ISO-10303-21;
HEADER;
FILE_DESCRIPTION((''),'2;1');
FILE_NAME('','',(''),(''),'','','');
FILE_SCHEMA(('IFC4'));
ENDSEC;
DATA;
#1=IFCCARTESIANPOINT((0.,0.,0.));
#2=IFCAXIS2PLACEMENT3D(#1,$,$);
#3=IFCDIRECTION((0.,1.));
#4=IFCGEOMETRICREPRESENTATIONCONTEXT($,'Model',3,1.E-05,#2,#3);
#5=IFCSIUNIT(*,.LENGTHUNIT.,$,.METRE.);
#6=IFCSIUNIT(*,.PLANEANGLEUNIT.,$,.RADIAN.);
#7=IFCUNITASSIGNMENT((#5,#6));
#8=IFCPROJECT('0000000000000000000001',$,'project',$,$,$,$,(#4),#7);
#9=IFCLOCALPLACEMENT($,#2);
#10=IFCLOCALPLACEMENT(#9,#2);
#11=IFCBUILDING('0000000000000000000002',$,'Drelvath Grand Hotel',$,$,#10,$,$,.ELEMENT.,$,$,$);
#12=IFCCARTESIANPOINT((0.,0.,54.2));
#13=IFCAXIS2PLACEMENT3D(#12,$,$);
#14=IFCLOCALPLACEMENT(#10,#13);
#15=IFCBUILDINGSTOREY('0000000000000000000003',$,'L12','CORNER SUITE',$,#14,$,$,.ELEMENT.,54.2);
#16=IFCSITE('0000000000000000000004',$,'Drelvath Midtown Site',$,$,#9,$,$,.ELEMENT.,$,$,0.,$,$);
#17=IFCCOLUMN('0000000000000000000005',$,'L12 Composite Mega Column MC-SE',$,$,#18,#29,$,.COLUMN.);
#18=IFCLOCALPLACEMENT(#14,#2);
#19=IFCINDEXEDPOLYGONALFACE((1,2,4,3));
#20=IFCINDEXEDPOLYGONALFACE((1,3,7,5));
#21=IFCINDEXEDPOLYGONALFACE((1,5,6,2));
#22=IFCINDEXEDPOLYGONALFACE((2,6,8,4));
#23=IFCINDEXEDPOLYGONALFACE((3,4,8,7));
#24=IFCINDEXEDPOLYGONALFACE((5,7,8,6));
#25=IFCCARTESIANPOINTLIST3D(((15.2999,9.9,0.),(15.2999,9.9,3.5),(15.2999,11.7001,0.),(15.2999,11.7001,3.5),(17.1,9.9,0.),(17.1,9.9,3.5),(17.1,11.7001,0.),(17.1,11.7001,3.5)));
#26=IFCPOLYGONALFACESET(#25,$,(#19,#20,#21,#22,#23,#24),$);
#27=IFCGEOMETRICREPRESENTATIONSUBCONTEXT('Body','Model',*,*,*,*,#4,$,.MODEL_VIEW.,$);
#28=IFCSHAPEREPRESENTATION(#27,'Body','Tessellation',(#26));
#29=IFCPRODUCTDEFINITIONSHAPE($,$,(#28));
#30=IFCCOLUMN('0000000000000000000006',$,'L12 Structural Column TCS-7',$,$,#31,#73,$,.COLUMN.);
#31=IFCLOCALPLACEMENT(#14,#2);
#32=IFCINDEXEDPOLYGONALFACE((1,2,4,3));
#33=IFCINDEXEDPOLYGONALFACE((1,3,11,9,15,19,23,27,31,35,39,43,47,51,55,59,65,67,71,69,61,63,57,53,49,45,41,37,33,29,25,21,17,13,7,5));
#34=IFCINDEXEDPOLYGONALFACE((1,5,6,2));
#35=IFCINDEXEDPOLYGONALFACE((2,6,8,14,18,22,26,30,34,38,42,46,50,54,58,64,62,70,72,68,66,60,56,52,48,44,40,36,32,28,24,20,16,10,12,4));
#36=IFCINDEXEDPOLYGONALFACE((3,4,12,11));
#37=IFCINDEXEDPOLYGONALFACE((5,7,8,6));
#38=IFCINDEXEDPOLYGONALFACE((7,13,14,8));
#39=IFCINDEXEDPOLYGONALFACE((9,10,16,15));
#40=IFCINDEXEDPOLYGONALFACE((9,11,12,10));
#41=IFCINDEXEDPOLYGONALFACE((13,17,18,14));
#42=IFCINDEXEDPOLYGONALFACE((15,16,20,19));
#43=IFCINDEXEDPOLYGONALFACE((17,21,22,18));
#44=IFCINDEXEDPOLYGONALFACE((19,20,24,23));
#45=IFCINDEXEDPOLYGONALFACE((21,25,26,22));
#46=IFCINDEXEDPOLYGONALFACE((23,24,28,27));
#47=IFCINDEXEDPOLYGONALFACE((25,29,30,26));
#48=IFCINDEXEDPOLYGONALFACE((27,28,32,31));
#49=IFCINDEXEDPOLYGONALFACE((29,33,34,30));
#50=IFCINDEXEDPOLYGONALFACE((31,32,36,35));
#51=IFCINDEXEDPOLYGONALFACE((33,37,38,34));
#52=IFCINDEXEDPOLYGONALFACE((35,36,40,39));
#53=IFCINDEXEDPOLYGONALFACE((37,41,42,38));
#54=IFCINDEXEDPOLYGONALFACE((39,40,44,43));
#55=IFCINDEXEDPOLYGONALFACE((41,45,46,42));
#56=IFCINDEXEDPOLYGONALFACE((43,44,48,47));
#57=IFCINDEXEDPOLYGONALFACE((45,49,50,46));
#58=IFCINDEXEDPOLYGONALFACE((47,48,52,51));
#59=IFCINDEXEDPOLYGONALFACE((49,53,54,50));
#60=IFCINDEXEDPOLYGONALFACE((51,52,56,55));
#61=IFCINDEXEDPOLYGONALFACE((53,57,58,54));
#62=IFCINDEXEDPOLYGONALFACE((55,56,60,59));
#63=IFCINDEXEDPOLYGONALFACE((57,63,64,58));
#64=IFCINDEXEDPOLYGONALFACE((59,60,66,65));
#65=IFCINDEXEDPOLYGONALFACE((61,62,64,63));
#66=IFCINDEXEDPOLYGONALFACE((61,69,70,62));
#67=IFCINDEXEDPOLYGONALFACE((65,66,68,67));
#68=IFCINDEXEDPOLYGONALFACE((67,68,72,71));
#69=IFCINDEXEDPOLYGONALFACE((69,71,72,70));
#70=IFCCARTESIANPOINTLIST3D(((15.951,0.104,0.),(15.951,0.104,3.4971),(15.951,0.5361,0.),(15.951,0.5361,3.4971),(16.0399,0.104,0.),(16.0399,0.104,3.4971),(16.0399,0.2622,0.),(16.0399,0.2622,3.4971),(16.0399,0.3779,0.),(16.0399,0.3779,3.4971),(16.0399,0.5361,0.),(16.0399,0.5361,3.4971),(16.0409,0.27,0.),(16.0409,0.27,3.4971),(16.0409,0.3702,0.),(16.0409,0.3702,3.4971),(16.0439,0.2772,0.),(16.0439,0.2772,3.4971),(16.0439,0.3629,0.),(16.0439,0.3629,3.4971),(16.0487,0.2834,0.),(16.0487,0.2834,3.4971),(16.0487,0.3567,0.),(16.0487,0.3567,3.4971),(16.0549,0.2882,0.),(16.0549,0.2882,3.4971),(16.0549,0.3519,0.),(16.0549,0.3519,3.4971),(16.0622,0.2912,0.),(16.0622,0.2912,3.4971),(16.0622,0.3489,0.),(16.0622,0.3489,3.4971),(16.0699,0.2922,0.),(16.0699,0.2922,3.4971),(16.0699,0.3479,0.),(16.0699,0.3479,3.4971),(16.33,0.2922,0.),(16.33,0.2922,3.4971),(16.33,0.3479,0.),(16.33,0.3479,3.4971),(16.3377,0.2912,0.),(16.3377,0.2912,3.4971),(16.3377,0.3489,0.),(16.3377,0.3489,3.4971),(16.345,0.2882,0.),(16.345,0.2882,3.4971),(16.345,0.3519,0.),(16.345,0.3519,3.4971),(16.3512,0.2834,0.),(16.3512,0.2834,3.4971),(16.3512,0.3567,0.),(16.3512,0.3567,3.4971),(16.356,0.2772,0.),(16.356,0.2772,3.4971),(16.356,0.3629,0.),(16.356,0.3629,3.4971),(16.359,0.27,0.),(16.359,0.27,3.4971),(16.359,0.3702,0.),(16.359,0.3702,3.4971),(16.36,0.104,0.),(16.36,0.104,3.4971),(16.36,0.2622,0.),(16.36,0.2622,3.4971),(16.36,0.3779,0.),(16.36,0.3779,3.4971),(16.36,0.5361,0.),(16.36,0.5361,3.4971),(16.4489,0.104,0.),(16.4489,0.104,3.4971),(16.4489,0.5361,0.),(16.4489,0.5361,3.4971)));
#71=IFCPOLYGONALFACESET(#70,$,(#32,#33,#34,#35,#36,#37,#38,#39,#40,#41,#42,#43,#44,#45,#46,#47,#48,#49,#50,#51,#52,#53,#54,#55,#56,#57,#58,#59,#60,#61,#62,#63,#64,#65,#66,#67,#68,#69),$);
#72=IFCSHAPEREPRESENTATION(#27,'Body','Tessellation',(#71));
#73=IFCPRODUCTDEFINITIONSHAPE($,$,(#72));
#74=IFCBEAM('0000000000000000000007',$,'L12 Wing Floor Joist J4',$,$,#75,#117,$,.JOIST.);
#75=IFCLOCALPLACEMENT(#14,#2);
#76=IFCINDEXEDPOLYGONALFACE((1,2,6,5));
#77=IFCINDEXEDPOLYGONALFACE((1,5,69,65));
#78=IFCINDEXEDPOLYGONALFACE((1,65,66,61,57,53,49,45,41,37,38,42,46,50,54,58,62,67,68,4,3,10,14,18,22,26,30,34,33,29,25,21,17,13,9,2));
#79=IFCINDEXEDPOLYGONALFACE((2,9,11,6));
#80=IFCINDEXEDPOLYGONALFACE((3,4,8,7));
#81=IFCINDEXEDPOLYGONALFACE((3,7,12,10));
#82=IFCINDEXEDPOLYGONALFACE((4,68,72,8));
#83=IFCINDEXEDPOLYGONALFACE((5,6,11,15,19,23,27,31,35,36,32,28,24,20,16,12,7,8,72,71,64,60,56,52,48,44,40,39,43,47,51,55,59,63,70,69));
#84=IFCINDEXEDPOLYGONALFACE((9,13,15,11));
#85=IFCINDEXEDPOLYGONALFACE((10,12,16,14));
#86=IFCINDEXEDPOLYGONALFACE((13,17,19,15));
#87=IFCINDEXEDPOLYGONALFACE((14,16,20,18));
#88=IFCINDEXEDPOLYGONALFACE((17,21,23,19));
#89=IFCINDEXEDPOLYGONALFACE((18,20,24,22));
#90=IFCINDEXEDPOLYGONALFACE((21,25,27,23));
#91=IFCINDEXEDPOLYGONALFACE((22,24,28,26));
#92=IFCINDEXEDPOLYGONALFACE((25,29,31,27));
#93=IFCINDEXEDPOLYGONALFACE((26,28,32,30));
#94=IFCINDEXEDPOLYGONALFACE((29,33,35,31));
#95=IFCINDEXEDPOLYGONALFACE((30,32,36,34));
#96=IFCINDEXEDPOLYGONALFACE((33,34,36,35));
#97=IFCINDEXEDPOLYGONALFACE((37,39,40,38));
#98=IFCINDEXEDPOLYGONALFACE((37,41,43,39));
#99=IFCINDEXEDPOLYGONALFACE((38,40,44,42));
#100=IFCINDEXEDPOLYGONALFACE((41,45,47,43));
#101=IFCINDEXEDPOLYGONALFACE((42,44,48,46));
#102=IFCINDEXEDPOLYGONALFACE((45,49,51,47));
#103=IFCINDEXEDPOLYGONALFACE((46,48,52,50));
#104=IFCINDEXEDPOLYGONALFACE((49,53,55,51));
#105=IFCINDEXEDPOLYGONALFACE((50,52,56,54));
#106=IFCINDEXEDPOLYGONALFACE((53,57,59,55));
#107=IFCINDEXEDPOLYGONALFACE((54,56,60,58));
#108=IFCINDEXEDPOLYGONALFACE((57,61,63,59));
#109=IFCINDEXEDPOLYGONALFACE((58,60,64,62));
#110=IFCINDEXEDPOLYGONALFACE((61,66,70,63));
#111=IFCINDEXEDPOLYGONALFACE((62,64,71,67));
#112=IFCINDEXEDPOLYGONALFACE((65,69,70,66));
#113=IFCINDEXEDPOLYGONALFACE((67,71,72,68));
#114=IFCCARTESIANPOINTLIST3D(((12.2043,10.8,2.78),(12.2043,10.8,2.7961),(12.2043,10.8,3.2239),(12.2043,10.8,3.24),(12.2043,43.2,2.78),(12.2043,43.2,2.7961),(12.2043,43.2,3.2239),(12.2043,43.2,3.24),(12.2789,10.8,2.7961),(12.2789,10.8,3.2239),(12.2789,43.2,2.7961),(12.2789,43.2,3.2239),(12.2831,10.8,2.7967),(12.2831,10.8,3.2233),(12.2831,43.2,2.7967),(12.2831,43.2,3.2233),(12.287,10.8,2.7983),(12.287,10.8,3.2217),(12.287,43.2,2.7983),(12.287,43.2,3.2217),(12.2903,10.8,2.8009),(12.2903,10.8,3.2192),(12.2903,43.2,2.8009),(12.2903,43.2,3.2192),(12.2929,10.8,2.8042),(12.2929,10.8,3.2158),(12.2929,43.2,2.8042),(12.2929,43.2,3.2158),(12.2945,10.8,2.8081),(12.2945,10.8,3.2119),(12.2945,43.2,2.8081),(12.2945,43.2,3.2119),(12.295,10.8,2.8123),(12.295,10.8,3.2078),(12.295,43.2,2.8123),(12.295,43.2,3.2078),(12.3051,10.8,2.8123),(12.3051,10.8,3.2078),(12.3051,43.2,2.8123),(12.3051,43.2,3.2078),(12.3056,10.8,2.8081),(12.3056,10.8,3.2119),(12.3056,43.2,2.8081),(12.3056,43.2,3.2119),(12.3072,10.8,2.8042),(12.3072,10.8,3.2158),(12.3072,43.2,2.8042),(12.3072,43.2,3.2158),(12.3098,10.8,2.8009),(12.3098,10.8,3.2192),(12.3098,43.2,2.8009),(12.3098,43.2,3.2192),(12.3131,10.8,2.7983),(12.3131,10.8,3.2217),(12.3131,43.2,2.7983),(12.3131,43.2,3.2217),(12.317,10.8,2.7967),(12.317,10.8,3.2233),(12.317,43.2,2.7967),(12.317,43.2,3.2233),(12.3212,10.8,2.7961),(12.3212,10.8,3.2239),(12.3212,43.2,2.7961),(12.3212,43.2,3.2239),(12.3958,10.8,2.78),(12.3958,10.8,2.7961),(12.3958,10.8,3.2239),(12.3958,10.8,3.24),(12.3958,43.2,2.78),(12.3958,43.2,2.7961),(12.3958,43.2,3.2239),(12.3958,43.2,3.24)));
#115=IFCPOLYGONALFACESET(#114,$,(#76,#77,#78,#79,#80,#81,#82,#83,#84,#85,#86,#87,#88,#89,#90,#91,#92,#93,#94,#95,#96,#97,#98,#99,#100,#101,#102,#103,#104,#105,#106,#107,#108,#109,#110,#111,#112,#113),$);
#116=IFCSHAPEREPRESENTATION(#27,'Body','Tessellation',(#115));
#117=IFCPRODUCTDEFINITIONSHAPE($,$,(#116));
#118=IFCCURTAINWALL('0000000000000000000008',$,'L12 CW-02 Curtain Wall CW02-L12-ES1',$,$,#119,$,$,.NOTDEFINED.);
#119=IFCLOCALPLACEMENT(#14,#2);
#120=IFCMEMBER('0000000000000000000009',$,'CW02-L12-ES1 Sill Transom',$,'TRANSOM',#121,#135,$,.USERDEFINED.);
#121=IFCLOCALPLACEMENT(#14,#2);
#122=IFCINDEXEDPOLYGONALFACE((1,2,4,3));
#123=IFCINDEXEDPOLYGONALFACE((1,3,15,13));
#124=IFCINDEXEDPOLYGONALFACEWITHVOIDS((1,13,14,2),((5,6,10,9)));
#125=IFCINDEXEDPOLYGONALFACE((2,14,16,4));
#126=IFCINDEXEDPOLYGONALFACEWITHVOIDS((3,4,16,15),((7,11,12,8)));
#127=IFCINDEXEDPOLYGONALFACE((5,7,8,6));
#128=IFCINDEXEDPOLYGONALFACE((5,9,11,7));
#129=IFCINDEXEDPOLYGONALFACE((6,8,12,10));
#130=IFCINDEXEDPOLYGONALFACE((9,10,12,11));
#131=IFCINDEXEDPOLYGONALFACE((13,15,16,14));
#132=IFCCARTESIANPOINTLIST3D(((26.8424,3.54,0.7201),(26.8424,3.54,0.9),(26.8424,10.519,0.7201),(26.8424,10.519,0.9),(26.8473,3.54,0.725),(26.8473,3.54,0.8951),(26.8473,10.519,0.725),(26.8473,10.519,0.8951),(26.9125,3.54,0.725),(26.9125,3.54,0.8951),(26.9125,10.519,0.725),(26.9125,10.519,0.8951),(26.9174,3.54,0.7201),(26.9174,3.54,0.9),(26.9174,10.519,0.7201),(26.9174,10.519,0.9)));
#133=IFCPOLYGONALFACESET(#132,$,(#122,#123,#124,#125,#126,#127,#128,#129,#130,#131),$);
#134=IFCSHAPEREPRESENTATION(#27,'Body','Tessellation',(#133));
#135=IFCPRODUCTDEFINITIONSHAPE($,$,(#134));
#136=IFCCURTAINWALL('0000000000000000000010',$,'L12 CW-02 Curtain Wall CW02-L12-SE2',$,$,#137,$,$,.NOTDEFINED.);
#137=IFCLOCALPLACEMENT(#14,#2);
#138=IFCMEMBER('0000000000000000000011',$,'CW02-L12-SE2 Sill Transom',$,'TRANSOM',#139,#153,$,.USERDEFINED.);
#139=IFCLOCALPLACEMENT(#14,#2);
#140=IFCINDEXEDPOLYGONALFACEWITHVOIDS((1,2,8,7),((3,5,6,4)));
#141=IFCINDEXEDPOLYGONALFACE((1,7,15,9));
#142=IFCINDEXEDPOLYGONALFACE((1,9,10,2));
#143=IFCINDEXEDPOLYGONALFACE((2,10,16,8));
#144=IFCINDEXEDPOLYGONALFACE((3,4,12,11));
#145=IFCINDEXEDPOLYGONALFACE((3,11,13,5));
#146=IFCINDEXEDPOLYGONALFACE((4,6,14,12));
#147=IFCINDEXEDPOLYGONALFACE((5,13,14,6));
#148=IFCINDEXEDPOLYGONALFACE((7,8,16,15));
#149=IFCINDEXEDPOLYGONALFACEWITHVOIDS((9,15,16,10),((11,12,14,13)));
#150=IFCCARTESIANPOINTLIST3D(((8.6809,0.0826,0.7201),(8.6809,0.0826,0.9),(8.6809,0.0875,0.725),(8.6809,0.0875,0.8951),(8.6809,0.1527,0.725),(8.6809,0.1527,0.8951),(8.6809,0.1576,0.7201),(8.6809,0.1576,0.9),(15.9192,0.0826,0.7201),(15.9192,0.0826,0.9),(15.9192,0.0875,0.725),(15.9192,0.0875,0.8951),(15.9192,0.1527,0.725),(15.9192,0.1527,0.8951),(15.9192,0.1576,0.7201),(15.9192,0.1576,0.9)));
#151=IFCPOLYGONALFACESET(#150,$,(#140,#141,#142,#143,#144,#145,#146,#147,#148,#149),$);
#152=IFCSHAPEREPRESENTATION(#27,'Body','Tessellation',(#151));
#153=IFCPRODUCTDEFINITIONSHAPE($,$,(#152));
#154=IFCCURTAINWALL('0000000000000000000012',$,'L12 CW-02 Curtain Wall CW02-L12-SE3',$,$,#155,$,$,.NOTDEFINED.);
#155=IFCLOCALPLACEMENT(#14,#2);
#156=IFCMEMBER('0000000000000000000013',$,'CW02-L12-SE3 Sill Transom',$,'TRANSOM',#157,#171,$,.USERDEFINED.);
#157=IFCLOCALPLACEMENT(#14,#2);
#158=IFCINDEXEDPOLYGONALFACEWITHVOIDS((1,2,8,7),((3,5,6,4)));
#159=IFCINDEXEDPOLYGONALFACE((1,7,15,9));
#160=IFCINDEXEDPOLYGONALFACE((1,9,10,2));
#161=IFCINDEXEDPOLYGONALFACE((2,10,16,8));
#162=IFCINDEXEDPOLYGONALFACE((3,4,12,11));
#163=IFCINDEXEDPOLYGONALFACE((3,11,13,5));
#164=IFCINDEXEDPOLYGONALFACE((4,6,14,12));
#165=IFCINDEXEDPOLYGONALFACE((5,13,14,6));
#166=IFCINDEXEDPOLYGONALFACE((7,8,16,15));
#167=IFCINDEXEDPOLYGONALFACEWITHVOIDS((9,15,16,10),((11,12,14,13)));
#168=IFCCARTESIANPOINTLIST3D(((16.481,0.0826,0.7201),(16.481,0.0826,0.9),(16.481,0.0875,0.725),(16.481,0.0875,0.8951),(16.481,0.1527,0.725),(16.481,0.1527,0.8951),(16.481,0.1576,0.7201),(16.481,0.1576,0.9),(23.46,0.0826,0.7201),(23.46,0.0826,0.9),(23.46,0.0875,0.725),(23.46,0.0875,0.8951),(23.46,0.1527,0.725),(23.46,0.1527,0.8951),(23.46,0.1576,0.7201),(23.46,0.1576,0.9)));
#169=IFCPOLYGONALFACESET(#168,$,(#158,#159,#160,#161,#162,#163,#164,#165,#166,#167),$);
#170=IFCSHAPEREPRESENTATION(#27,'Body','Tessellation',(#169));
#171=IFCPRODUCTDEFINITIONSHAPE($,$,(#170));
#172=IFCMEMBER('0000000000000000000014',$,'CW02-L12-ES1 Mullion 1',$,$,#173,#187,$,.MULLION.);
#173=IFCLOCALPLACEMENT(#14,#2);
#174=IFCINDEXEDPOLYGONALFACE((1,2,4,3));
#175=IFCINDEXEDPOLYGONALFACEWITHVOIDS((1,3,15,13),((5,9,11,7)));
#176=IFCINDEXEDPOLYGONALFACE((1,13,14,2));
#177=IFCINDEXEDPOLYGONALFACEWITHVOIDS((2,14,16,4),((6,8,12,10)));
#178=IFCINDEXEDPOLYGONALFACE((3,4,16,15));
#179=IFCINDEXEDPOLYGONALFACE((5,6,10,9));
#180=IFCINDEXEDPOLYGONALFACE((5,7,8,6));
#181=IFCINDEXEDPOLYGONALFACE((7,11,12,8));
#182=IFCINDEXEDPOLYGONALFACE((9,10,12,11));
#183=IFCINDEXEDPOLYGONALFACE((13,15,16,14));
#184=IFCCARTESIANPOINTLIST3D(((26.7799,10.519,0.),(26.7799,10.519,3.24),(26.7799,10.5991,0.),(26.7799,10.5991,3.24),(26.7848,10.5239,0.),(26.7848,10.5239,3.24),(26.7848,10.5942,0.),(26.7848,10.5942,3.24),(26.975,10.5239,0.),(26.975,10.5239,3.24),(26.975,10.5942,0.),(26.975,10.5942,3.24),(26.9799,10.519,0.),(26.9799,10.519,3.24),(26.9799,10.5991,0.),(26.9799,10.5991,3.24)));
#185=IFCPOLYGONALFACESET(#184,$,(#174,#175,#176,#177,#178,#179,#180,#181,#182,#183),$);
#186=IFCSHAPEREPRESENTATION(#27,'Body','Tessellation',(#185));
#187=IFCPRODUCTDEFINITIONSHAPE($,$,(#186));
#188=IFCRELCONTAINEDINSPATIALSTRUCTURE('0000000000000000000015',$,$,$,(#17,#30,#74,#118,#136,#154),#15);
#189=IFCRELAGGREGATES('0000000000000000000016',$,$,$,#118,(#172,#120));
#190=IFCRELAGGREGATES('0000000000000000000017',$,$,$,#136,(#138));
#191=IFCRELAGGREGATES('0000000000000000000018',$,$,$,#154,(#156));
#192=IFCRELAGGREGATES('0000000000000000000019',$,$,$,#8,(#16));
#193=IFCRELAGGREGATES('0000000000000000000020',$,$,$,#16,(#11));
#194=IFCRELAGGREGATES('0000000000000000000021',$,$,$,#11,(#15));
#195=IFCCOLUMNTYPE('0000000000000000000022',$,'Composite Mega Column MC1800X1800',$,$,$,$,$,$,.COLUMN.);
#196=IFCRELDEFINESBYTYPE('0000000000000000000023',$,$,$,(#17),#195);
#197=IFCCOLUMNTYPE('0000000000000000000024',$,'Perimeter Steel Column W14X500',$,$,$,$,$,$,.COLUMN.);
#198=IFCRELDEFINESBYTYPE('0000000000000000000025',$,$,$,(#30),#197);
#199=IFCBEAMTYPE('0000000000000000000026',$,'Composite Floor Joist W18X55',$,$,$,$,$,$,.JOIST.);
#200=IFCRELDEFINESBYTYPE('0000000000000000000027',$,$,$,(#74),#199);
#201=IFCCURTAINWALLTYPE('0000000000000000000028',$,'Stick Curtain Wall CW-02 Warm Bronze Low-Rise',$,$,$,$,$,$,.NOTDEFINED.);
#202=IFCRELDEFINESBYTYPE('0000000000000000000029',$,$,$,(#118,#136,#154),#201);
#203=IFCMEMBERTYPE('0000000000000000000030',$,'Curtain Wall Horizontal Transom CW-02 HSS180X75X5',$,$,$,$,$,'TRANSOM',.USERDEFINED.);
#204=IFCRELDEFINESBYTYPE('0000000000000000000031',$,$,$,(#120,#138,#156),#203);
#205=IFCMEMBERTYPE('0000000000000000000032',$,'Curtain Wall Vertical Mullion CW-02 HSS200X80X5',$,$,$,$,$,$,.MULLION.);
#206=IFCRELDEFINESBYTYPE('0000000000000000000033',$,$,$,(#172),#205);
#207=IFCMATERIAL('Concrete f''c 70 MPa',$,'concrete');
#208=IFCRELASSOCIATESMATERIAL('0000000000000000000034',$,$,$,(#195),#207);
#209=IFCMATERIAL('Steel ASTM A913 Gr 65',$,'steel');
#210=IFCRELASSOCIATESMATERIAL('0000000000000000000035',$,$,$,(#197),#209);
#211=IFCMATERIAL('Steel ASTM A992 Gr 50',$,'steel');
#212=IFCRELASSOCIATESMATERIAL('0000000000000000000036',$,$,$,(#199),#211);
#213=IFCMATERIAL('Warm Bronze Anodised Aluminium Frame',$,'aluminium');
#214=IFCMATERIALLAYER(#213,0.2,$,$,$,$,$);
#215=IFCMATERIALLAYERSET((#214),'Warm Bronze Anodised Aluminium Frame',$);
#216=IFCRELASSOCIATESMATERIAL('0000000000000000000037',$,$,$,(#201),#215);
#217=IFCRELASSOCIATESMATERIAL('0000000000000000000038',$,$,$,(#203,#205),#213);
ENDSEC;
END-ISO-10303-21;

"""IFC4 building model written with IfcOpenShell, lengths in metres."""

from ifc_helpers import new_model, si_unit, direction, frame, origin, origin_2d, place, context, subcontext, project, spatial, rectangle, hollow_rectangle, i_section, extrude, material, layer, layer_set, material_profile, profile_set, type_object, element, aggregate, save


model = new_model("IFC4")

# Units and contexts
model_context = context("Model", 3, precision=1e-05, world=origin(), true_north=direction((0.0, 1.0)))
body_context = subcontext(model_context, "Body", "Model", "MODEL_VIEW")
ifc_project = project(units=[si_unit("LENGTHUNIT", "METRE"), si_unit("PLANEANGLEUNIT", "RADIAN")], contexts=[model_context])

# Site, building, storey
site_placement = place(None, origin())
site = spatial("IfcSite", under=ifc_project, at=site_placement, Name="Drelvath Midtown Site", CompositionType="ELEMENT", RefElevation=0.0)
building_placement = place(site_placement, origin())
building = spatial("IfcBuilding", under=site, at=building_placement, Name="Drelvath Grand Hotel", CompositionType="ELEMENT")
storey_placement = place(building_placement, frame((0.0, 0.0, 54.2)))
storey = spatial("IfcBuildingStorey", under=building, at=storey_placement, Name="L12", Description="CORNER SUITE", CompositionType="ELEMENT", Elevation=54.2)

# Columns
ifc_material_1 = material(Name="Concrete f'c 70 MPa", Category="concrete")
ifc_material_profile_1 = material_profile(ifc_material_1, rectangle(XDim=1.8, YDim=1.8, at=origin_2d()), Name="MC1800X1800")
ifc_profile_set_1 = profile_set([ifc_material_profile_1], Name="Concrete f'c 70 MPa")
column_type_1 = type_object("IfcColumnType", Name="Composite Mega Column MC1800X1800", PredefinedType="COLUMN", material=ifc_profile_set_1)
column_1_placement = place(storey_placement, frame((16.2, 10.8, 0.0), z_axis=(0.0, 0.0, 1.0), x_axis=(1.0, 0.0, 0.0)))
element("IfcColumn", 1, at=column_1_placement, inside=storey, type_object=column_type_1, Name="L12 Composite Mega Column MC-SE", PredefinedType="COLUMN", context=body_context, shape_type="SweptSolid", body=[
    extrude(rectangle(XDim=1.8, YDim=1.8, at=origin_2d()), origin(), (0.0, 0.0, 1.0), 3.5),
])
ifc_material_2 = material(Name="Steel ASTM A913 Gr 65", Category="steel")
ifc_material_profile_2 = material_profile(ifc_material_2, i_section(OverallWidth=0.4321, OverallDepth=0.4978, WebThickness=0.0557, FlangeThickness=0.0889, FilletRadius=0.03, at=origin_2d()), Name="W14X500")
ifc_profile_set_2 = profile_set([ifc_material_profile_2], Name="Steel ASTM A913 Gr 65")
column_type_2 = type_object("IfcColumnType", Name="Perimeter Steel Column W14X500", PredefinedType="COLUMN", material=ifc_profile_set_2)
column_2_placement = place(storey_placement, frame((16.2, 0.3201, 0.0), z_axis=(0.0, 0.0, 1.0), x_axis=(0.0, 1.0, 0.0)))
element("IfcColumn", 2, at=column_2_placement, inside=storey, type_object=column_type_2, Name="L12 Structural Column TCS-7", PredefinedType="COLUMN", context=body_context, shape_type="SweptSolid", body=[
    extrude(i_section(OverallWidth=0.4321, OverallDepth=0.4978, WebThickness=0.0557, FlangeThickness=0.0889, FilletRadius=0.03, at=origin_2d()), origin(), (0.0, 0.0, 1.0), 3.4971),
])

# Beam
ifc_material_3 = material(Name="Steel ASTM A992 Gr 50", Category="steel")
ifc_material_profile_3 = material_profile(ifc_material_3, i_section(OverallWidth=0.1914, OverallDepth=0.46, WebThickness=0.01, FlangeThickness=0.0161, FilletRadius=0.0161, at=origin_2d()), Name="W18X55")
ifc_profile_set_3 = profile_set([ifc_material_profile_3], Name="Steel ASTM A992 Gr 50")
beam_type_1 = type_object("IfcBeamType", Name="Composite Floor Joist W18X55", PredefinedType="JOIST", material=ifc_profile_set_3)
beam_1_placement = place(storey_placement, frame((12.3, 10.8, 3.01), z_axis=(0.0, 1.0, 0.0), x_axis=(-1.0, 0.0, 0.0)))
element("IfcBeam", 3, at=beam_1_placement, inside=storey, type_object=beam_type_1, Name="L12 Wing Floor Joist J4", PredefinedType="JOIST", context=body_context, shape_type="SweptSolid", body=[
    extrude(i_section(OverallWidth=0.1914, OverallDepth=0.46, WebThickness=0.01, FlangeThickness=0.0161, FilletRadius=0.0161, at=origin_2d()), origin(), (0.0, 0.0, 1.0), 32.3999),
])

# Curtain walls, members
ifc_material_4 = material(Name="Warm Bronze Anodised Aluminium Frame", Category="aluminium")
ifc_layer_1 = layer(ifc_material_4, 0.2)
ifc_layer_set_1 = layer_set([ifc_layer_1], Name="Warm Bronze Anodised Aluminium Frame")
curtain_wall_type = type_object("IfcCurtainWallType", Name="Stick Curtain Wall CW-02 Warm Bronze Low-Rise", PredefinedType="NOTDEFINED", material=ifc_layer_set_1)
curtain_wall_1_placement = place(storey_placement, origin())
curtain_wall_1 = element("IfcCurtainWall", 4, at=curtain_wall_1_placement, inside=storey, type_object=curtain_wall_type, Name="L12 CW-02 Curtain Wall CW02-L12-ES1", PredefinedType="NOTDEFINED")
ifc_material_profile_4 = material_profile(ifc_material_4, hollow_rectangle(XDim=0.075, YDim=0.1799, WallThickness=0.0049, at=origin_2d()), Name="HSS180X75X5")
ifc_profile_set_4 = profile_set([ifc_material_profile_4], Name="Warm Bronze Anodised Aluminium Frame")
member_type_1 = type_object("IfcMemberType", Name="Curtain Wall Horizontal Transom CW-02 HSS180X75X5", ElementType="TRANSOM", PredefinedType="USERDEFINED", material=ifc_profile_set_4)
member_1_placement = place(storey_placement, frame((26.8799, 10.519, 0.8101), z_axis=(0.0, -1.0, 0.0), x_axis=(1.0, 0.0, 0.0)))
member_1 = element("IfcMember", 5, at=member_1_placement, type_object=member_type_1, Name="CW02-L12-ES1 Sill Transom", ObjectType="TRANSOM", PredefinedType="USERDEFINED", context=body_context, shape_type="SweptSolid", body=[
    extrude(hollow_rectangle(XDim=0.075, YDim=0.1799, WallThickness=0.0049, at=origin_2d()), origin(), (0.0, 0.0, 1.0), 6.979),
])
curtain_wall_2_placement = place(storey_placement, origin())
curtain_wall_2 = element("IfcCurtainWall", 6, at=curtain_wall_2_placement, inside=storey, type_object=curtain_wall_type, Name="L12 CW-02 Curtain Wall CW02-L12-SE2", PredefinedType="NOTDEFINED")
member_2_placement = place(storey_placement, frame((15.9192, 0.1201, 0.8101), z_axis=(-1.0, 0.0, 0.0), x_axis=(0.0, -1.0, 0.0)))
member_2 = element("IfcMember", 7, at=member_2_placement, type_object=member_type_1, Name="CW02-L12-SE2 Sill Transom", ObjectType="TRANSOM", PredefinedType="USERDEFINED", context=body_context, shape_type="SweptSolid", body=[
    extrude(hollow_rectangle(XDim=0.075, YDim=0.1799, WallThickness=0.0049, at=origin_2d()), origin(), (0.0, 0.0, 1.0), 7.2383),
])
curtain_wall_3_placement = place(storey_placement, origin())
curtain_wall_3 = element("IfcCurtainWall", 8, at=curtain_wall_3_placement, inside=storey, type_object=curtain_wall_type, Name="L12 CW-02 Curtain Wall CW02-L12-SE3", PredefinedType="NOTDEFINED")
member_3_placement = place(storey_placement, frame((23.46, 0.1201, 0.8101), z_axis=(-1.0, 0.0, 0.0), x_axis=(0.0, -1.0, 0.0)))
member_3 = element("IfcMember", 9, at=member_3_placement, type_object=member_type_1, Name="CW02-L12-SE3 Sill Transom", ObjectType="TRANSOM", PredefinedType="USERDEFINED", context=body_context, shape_type="SweptSolid", body=[
    extrude(hollow_rectangle(XDim=0.075, YDim=0.1799, WallThickness=0.0049, at=origin_2d()), origin(), (0.0, 0.0, 1.0), 6.979),
])

# Member
ifc_material_profile_5 = material_profile(ifc_material_4, hollow_rectangle(XDim=0.0801, YDim=0.2, WallThickness=0.0049, at=origin_2d()), Name="HSS200X80X5")
ifc_profile_set_5 = profile_set([ifc_material_profile_5], Name="Warm Bronze Anodised Aluminium Frame")
member_type_2 = type_object("IfcMemberType", Name="Curtain Wall Vertical Mullion CW-02 HSS200X80X5", PredefinedType="MULLION", material=ifc_profile_set_5)
member_4_placement = place(storey_placement, frame((26.8799, 10.5591, 0.0), z_axis=(0.0, 0.0, 1.0), x_axis=(0.0, 1.0, 0.0)))
member_4 = element("IfcMember", 10, at=member_4_placement, type_object=member_type_2, Name="CW02-L12-ES1 Mullion 1", PredefinedType="MULLION", context=body_context, shape_type="SweptSolid", body=[
    extrude(hollow_rectangle(XDim=0.0801, YDim=0.2, WallThickness=0.0049, at=origin_2d()), origin(), (0.0, 0.0, 1.0), 3.24),
])

aggregate(curtain_wall_1, [member_4, member_1])
aggregate(curtain_wall_2, [member_2])
aggregate(curtain_wall_3, [member_3])

save(model, "model.ifc")
